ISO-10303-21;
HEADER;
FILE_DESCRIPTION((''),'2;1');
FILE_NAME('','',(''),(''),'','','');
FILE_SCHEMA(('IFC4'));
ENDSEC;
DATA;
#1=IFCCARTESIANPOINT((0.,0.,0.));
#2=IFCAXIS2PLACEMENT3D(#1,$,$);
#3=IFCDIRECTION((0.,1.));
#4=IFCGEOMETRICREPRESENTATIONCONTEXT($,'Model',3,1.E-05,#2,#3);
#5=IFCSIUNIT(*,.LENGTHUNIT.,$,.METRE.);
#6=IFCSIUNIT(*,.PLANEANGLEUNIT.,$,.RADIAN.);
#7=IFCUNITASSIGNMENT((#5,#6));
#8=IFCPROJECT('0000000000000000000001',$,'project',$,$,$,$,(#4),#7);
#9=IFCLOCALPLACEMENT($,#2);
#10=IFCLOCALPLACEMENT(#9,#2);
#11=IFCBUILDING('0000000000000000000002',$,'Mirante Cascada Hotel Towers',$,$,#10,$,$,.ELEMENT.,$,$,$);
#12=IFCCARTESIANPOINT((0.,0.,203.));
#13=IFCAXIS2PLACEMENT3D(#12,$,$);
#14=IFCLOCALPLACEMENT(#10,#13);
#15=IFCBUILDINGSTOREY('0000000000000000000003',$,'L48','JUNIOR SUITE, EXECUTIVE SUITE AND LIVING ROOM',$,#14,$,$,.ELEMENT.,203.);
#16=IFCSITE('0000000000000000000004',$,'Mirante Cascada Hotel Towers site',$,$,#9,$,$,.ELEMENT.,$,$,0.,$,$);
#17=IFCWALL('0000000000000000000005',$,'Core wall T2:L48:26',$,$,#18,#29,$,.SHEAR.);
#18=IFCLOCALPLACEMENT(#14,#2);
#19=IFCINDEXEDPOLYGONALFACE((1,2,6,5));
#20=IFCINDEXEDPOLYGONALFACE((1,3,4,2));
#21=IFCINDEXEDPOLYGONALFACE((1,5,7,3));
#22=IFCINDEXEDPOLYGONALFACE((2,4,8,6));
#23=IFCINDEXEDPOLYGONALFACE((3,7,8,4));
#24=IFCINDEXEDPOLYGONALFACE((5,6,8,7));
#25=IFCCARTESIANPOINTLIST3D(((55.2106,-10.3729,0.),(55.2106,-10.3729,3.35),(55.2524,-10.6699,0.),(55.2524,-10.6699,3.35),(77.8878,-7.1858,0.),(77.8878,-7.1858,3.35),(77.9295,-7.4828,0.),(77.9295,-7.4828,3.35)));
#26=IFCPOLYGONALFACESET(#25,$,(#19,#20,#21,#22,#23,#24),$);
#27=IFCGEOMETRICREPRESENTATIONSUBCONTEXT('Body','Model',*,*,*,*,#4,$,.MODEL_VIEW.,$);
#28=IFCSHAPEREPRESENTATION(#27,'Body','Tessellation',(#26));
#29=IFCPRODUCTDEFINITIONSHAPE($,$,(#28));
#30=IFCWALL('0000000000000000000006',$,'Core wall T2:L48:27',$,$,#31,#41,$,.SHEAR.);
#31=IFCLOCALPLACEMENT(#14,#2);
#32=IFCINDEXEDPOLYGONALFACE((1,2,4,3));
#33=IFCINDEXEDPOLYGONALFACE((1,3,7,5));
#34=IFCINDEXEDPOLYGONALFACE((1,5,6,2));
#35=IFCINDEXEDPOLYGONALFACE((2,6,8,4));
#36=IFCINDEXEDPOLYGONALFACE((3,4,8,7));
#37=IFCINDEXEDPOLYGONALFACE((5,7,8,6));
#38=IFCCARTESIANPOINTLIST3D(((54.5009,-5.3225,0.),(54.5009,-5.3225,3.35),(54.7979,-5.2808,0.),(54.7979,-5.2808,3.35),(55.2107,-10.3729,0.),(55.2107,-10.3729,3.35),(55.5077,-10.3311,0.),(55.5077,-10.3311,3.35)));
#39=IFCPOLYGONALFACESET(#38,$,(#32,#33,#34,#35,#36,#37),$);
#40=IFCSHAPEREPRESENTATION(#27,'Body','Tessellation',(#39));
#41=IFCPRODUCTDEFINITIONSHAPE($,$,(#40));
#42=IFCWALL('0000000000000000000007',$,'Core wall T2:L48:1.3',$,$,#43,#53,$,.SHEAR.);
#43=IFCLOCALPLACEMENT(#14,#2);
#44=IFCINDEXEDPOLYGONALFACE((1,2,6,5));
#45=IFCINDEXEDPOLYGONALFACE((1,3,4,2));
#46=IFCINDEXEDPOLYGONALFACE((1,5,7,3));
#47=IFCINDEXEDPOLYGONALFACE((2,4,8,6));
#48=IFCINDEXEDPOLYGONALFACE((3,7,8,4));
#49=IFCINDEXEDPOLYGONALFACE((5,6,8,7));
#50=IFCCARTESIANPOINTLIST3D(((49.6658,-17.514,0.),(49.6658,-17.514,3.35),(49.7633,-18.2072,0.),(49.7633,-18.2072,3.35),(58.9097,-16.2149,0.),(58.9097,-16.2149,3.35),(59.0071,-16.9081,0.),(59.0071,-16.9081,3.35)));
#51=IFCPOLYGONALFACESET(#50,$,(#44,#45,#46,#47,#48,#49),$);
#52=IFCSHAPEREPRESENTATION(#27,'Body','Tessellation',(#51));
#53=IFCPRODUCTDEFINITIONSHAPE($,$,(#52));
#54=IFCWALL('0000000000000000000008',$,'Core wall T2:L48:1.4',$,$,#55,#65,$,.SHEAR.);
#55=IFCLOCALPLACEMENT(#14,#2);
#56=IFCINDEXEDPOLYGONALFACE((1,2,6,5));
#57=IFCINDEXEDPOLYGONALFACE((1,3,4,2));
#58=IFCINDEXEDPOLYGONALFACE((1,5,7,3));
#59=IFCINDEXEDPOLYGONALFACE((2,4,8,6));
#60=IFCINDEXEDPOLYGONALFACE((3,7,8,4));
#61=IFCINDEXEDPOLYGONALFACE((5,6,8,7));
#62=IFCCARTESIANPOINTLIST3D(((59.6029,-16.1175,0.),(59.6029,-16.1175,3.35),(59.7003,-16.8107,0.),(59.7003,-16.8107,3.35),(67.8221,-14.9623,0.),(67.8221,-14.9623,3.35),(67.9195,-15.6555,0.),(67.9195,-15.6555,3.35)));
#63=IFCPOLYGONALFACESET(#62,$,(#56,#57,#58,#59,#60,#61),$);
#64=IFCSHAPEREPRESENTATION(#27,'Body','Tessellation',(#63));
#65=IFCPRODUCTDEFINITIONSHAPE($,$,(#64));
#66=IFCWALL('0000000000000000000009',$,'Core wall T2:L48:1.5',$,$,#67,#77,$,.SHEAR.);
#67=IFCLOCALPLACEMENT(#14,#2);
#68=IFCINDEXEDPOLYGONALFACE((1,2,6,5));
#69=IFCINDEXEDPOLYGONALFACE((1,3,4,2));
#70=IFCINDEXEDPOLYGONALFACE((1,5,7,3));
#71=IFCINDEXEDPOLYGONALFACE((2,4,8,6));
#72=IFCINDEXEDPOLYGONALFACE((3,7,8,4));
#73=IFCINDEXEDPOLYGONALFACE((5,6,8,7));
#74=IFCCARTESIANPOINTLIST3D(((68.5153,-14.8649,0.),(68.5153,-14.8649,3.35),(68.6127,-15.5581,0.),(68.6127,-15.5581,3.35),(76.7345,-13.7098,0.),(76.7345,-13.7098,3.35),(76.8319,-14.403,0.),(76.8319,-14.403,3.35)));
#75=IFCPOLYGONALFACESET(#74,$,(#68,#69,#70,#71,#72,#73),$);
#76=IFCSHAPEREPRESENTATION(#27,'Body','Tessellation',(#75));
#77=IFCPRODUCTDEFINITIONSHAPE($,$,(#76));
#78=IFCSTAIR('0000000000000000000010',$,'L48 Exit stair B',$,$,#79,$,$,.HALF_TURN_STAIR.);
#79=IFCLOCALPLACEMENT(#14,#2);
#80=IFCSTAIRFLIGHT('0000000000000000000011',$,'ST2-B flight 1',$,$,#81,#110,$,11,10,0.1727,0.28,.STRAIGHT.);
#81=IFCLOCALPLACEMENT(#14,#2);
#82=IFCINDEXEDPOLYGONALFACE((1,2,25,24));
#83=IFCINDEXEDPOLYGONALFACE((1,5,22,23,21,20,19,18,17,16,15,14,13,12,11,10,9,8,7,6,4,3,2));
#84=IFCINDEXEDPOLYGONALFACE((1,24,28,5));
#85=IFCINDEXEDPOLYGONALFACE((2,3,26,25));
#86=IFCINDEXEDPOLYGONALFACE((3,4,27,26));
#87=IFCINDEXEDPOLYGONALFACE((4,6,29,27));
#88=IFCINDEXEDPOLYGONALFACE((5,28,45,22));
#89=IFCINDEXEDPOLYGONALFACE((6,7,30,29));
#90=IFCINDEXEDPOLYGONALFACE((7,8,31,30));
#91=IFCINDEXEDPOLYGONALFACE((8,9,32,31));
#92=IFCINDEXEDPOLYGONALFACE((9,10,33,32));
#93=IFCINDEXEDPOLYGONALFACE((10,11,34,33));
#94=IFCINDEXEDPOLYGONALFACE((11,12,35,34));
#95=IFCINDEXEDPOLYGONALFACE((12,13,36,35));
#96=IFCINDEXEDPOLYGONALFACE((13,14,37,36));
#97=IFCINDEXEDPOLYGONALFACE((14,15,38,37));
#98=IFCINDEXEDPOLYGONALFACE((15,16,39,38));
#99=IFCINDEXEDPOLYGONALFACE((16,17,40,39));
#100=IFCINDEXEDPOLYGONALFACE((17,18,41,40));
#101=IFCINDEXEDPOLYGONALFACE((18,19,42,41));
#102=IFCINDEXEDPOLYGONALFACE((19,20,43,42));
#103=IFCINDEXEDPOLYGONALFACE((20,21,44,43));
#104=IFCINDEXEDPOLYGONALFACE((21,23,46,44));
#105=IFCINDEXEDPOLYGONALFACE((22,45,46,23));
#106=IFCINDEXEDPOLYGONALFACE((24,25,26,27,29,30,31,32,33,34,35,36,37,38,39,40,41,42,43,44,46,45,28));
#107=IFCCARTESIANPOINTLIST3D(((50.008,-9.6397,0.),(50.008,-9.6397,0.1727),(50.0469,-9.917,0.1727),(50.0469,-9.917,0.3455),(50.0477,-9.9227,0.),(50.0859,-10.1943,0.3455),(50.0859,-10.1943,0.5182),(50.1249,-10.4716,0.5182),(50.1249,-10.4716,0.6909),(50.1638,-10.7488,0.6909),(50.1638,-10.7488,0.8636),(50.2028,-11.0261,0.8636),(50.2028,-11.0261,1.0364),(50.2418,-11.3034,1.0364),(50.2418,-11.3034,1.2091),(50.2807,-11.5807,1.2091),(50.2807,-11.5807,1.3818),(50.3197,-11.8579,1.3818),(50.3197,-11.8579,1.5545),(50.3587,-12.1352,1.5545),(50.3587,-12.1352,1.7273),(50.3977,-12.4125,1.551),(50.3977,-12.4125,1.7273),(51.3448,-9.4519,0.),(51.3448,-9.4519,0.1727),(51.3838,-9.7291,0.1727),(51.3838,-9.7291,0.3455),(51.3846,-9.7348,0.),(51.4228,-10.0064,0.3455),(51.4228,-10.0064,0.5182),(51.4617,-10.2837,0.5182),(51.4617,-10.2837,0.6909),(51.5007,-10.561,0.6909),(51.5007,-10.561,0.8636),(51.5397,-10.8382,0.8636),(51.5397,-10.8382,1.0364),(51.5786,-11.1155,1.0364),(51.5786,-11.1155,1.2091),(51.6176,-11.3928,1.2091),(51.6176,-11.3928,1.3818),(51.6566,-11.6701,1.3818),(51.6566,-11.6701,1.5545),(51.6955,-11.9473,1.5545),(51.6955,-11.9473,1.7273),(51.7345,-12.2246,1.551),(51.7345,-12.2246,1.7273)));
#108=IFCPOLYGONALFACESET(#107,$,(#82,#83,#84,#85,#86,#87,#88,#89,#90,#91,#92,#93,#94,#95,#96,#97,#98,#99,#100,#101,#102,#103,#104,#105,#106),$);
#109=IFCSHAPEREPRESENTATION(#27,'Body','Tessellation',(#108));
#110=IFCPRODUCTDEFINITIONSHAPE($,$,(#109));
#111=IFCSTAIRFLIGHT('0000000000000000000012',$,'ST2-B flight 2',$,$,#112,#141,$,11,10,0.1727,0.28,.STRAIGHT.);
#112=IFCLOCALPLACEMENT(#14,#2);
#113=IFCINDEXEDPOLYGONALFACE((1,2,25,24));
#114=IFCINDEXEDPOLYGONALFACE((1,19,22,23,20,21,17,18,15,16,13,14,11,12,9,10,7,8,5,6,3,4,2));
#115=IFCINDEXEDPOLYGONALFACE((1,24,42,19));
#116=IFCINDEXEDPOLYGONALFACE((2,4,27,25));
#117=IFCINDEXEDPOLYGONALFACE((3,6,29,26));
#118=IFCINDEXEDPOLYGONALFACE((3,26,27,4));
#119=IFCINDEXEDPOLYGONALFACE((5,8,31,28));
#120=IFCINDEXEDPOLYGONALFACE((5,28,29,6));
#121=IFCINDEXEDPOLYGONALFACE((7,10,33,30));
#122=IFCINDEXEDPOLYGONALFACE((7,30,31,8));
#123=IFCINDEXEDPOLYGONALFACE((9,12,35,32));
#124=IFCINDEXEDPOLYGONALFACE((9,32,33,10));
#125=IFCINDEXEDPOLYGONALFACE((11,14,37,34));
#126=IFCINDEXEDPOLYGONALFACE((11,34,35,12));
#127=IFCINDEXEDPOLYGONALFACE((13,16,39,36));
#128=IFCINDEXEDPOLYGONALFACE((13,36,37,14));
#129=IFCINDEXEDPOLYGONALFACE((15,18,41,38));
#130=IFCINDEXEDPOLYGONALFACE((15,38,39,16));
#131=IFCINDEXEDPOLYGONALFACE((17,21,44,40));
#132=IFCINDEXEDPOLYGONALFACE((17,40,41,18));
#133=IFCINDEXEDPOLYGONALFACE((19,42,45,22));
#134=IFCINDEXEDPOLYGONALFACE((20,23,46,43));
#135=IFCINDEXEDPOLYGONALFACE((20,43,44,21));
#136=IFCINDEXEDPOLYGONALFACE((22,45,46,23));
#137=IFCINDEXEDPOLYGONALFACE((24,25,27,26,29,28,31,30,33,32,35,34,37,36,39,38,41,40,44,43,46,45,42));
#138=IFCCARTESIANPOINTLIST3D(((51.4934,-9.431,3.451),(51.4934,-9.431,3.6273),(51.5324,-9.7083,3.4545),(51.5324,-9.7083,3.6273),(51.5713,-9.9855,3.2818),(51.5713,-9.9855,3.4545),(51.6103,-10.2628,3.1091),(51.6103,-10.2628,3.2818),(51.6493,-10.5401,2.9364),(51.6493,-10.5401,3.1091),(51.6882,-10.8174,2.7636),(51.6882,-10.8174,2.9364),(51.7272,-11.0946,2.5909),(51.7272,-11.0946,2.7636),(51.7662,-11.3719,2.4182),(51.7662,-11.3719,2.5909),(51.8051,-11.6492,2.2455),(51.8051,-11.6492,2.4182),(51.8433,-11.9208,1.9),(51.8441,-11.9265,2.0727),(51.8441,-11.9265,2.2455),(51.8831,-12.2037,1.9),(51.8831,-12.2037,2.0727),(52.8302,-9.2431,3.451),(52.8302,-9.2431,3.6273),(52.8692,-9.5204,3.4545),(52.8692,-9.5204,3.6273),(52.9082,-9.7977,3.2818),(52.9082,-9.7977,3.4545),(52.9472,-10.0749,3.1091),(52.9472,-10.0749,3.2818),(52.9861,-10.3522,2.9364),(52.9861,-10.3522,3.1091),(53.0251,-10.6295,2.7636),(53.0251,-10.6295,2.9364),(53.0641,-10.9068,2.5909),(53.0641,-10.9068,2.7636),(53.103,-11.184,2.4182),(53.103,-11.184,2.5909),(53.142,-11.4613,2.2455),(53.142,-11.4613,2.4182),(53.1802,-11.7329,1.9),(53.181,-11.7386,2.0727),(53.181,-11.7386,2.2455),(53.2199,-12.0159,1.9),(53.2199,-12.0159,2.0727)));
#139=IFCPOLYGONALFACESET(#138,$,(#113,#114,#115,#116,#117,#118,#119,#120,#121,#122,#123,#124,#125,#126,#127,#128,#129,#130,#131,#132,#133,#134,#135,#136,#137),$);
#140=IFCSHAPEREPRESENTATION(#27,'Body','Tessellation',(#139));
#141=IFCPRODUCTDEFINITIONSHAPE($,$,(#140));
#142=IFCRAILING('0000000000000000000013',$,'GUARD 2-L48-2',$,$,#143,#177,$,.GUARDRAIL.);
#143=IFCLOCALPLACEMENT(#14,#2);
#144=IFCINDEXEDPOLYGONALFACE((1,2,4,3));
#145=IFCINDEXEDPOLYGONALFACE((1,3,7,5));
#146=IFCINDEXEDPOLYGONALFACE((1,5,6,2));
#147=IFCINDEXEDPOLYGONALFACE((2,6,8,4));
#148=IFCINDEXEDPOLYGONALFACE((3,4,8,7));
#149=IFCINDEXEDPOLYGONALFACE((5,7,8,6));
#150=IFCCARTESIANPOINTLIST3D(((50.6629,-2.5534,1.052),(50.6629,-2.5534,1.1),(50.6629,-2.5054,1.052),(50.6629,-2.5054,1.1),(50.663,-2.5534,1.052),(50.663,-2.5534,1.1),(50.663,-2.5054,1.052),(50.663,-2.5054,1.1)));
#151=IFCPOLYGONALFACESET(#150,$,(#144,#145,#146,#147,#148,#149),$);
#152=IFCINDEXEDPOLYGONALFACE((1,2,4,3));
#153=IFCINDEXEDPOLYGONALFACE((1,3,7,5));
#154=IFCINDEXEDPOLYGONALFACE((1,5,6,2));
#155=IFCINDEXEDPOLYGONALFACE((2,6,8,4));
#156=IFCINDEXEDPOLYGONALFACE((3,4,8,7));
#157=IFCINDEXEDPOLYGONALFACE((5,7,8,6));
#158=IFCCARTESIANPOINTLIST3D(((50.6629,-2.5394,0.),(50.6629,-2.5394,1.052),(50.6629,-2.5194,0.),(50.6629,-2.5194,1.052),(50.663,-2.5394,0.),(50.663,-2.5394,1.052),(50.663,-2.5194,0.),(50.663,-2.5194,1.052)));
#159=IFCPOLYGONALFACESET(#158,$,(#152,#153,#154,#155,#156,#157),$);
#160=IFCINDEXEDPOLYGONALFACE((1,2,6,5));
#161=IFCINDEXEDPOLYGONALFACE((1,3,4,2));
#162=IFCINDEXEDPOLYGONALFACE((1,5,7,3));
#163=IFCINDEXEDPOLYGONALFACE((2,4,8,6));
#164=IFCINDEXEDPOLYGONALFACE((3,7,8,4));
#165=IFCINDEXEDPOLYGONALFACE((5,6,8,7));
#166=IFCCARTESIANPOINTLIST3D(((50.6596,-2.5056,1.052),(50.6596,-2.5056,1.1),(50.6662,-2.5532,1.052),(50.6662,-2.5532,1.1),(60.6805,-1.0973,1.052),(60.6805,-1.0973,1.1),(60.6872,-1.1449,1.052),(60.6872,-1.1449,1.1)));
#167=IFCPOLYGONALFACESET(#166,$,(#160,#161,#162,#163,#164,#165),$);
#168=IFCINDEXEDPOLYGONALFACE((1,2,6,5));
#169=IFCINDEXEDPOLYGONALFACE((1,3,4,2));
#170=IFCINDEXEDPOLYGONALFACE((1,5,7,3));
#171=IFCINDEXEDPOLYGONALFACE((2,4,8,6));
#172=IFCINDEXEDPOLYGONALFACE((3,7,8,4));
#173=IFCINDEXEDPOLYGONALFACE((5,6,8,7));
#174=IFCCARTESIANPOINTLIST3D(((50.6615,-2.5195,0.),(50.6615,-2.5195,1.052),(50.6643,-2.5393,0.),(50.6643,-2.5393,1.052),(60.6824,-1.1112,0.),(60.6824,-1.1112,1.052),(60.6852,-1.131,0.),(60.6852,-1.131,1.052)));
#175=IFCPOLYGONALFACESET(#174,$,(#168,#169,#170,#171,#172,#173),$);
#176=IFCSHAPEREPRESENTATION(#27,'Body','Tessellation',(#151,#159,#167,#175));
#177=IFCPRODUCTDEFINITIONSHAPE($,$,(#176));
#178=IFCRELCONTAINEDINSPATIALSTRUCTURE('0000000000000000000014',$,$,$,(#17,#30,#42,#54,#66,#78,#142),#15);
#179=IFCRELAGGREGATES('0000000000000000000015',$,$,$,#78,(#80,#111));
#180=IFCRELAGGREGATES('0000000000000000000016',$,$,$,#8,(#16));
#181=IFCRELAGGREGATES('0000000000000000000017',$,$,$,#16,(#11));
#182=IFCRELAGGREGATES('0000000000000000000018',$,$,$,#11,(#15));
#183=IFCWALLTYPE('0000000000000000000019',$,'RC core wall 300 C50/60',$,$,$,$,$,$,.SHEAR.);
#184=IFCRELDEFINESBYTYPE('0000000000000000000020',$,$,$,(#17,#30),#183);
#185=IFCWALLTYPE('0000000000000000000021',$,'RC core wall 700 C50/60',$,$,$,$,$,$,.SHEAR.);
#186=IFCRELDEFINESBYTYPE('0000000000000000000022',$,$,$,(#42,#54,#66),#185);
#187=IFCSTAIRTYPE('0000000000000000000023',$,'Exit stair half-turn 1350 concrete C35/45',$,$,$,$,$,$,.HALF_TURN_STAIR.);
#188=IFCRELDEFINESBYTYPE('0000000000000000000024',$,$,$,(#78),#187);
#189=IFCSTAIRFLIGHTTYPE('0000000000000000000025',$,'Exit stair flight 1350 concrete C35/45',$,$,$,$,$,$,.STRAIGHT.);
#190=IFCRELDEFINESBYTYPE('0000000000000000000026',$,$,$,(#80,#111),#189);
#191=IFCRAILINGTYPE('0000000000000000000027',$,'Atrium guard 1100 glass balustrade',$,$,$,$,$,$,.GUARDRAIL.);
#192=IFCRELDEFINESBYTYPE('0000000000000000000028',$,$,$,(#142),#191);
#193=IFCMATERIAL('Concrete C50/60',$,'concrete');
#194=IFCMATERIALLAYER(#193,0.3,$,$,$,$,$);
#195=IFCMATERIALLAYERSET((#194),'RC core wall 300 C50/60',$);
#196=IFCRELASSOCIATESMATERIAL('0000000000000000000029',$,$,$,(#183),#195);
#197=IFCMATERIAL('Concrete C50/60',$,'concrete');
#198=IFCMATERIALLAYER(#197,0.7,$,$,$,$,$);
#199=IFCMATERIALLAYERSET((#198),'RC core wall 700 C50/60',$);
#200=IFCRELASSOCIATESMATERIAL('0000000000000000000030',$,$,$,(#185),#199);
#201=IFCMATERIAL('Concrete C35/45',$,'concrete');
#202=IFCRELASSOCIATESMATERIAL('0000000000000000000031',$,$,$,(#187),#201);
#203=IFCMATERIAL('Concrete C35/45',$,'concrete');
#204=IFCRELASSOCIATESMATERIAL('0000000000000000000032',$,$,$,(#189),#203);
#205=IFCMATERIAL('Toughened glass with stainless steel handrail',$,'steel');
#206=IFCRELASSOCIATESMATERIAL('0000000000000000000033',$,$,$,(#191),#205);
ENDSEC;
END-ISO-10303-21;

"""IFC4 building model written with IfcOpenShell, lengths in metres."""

from ifc_helpers import new_model, si_unit, direction, frame, frame_2d, origin, origin_2d, place, context, subcontext, project, spatial, polyline, rectangle, outline, extrude, material, layer, layer_set, type_object, element, aggregate, save


model = new_model("IFC4")

# Units and contexts
model_context = context("Model", 3, precision=1e-05, world=origin(), true_north=direction((0.0, 1.0)))
body_context = subcontext(model_context, "Body", "Model", "MODEL_VIEW")
ifc_project = project(units=[si_unit("LENGTHUNIT", "METRE"), si_unit("PLANEANGLEUNIT", "RADIAN")], contexts=[model_context])

# Site, building, storey
site_placement = place(None, origin())
site = spatial("IfcSite", under=ifc_project, at=site_placement, Name="Mirante Cascada Hotel Towers site", CompositionType="ELEMENT", RefElevation=0.0)
building_placement = place(site_placement, origin())
building = spatial("IfcBuilding", under=site, at=building_placement, Name="Mirante Cascada Hotel Towers", CompositionType="ELEMENT")
storey_placement = place(building_placement, frame((0.0, 0.0, 203.0)))
storey = spatial("IfcBuildingStorey", under=building, at=storey_placement, Name="L48", Description="JUNIOR SUITE, EXECUTIVE SUITE AND LIVING ROOM", CompositionType="ELEMENT", Elevation=203.0)

# Shared definitions
ifc_material_1 = material(Name="Concrete C50/60", Category="concrete")
ifc_layer_1 = layer(ifc_material_1, 0.3)
ifc_layer_set_1 = layer_set([ifc_layer_1], Name="RC core wall 300 C50/60")
wall_type_1 = type_object("IfcWallType", Name="RC core wall 300 C50/60", PredefinedType="SHEAR", material=ifc_layer_set_1)

# Walls
wall_1_placement = place(storey_placement, frame((55.2315, -10.5214, 0.0), z_axis=(0.0, 0.0, 1.0), x_axis=(0.990268, 0.139175, 0.0)))
element("IfcWall", 1, at=wall_1_placement, inside=storey, type_object=wall_type_1, Name="Core wall T2:L48:26", PredefinedType="SHEAR", context=body_context, shape_type="SweptSolid", body=[
    extrude(rectangle(XDim=22.9, YDim=0.3, at=frame_2d((11.45, 0.0))), origin(), (0.0, 0.0, 1.0), 3.35),
])
wall_2_placement = place(storey_placement, frame((55.3592, -10.352, 0.0), z_axis=(0.0, 0.0, 1.0), x_axis=(-0.139176, 0.990268, 0.0)))
element("IfcWall", 2, at=wall_2_placement, inside=storey, type_object=wall_type_1, Name="Core wall T2:L48:27", PredefinedType="SHEAR", context=body_context, shape_type="SweptSolid", body=[
    extrude(rectangle(XDim=5.1, YDim=0.3, at=frame_2d((2.55, 0.0))), origin(), (0.0, 0.0, 1.0), 3.35),
])
ifc_material_2 = material(Name="Concrete C50/60", Category="concrete")
ifc_layer_2 = layer(ifc_material_2, 0.7)
ifc_layer_set_2 = layer_set([ifc_layer_2], Name="RC core wall 700 C50/60")
wall_type_2 = type_object("IfcWallType", Name="RC core wall 700 C50/60", PredefinedType="SHEAR", material=ifc_layer_set_2)
wall_3_placement = place(storey_placement, frame((49.7145, -17.8606, 0.0), z_axis=(0.0, 0.0, 1.0), x_axis=(0.990269, 0.139168, 0.0)))
element("IfcWall", 3, at=wall_3_placement, inside=storey, type_object=wall_type_2, Name="Core wall T2:L48:1.3", PredefinedType="SHEAR", context=body_context, shape_type="SweptSolid", body=[
    extrude(rectangle(XDim=9.3347, YDim=0.7, at=frame_2d((4.6674, 0.0))), origin(), (0.0, 0.0, 1.0), 3.35),
])
for number, where, z_axis, x_axis, name in (
    (4, (59.6516, -16.4641, 0.0), (0.0, 0.0, 1.0), (0.990267, 0.139181, 0.0), "Core wall T2:L48:1.4"),
    (5, (68.564, -15.2115, 0.0), (0.0, 0.0, 1.0), (0.990269, 0.139169, 0.0), "Core wall T2:L48:1.5"),
):
    element("IfcWall", number, at=place(storey_placement, frame(where, z_axis=z_axis, x_axis=x_axis)), inside=storey, type_object=wall_type_2, Name=name, PredefinedType="SHEAR", context=body_context, shape_type="SweptSolid", body=[
        extrude(rectangle(XDim=8.3, YDim=0.7, at=frame_2d((4.15, 0.0))), origin(), (0.0, 0.0, 1.0), 3.35),
    ])

# Stair, stair flights
ifc_material_3 = material(Name="Concrete C35/45", Category="concrete")
stair_type = type_object("IfcStairType", Name="Exit stair half-turn 1350 concrete C35/45", PredefinedType="HALF_TURN_STAIR", material=ifc_material_3)
stair_placement = place(storey_placement, origin())
stair = element("IfcStair", 6, at=stair_placement, inside=storey, type_object=stair_type, Name="L48 Exit stair B", PredefinedType="HALF_TURN_STAIR")
ifc_material_4 = material(Name="Concrete C35/45", Category="concrete")
stair_flight_type = type_object("IfcStairFlightType", Name="Exit stair flight 1350 concrete C35/45", PredefinedType="STRAIGHT", material=ifc_material_4)
stair_flight_1_placement = place(storey_placement, frame((50.6764, -9.5458, 0.0), z_axis=(0.0, 0.0, 1.0), x_axis=(0.139173, -0.990268, 0.0)))
stair_flight_1 = element("IfcStairFlight", 7, at=stair_flight_1_placement, type_object=stair_flight_type, Name="ST2-B flight 1", NumberOfRisers=11, NumberOfTreads=10, PredefinedType="STRAIGHT", RiserHeight=0.1727, TreadLength=0.28, context=body_context, shape_type="SweptSolid", body=[
    extrude(outline(polyline([(0.0, 0.0), (0.0, 0.1727), (0.28, 0.1727), (0.28, 0.3455), (0.56, 0.3455), (0.56, 0.5182), (0.84, 0.5182), (0.84, 0.6909), (1.12, 0.6909), (1.12, 0.8636), (1.4, 0.8636), (1.4, 1.0364), (1.68, 1.0364), (1.68, 1.2091), (1.96, 1.2091), (1.96, 1.3818), (2.24, 1.3818), (2.24, 1.5545), (2.52, 1.5545), (2.52, 1.7273), (2.8, 1.7273), (2.8, 1.9), (2.8, 1.551), (0.2857, 0.0), (0.0, 0.0)])), frame((0.0, 0.675, 0.0), z_axis=(0.0, -1.0, 0.0), x_axis=(1.0, 0.0, 0.0)), (0.0, 0.0, 1.0), 1.35),
])
stair_flight_2_placement = place(storey_placement, frame((52.5515, -12.1098, 1.9), z_axis=(0.0, 0.0, 1.0), x_axis=(-0.139173, 0.990268, 0.0)))
stair_flight_2 = element("IfcStairFlight", 8, at=stair_flight_2_placement, type_object=stair_flight_type, Name="ST2-B flight 2", NumberOfRisers=11, NumberOfTreads=10, PredefinedType="STRAIGHT", RiserHeight=0.1727, TreadLength=0.28, context=body_context, shape_type="SweptSolid", body=[
    extrude(outline(polyline([(0.0, 0.0), (0.0, 0.1727), (0.28, 0.1727), (0.28, 0.3455), (0.56, 0.3455), (0.56, 0.5182), (0.84, 0.5182), (0.84, 0.6909), (1.12, 0.6909), (1.12, 0.8636), (1.4, 0.8636), (1.4, 1.0364), (1.68, 1.0364), (1.68, 1.2091), (1.96, 1.2091), (1.96, 1.3818), (2.24, 1.3818), (2.24, 1.5545), (2.52, 1.5545), (2.52, 1.7273), (2.8, 1.7273), (2.8, 1.9), (2.8, 1.551), (0.2857, 0.0), (0.0, 0.0)])), frame((0.0, 0.675, 0.0), z_axis=(0.0, -1.0, 0.0), x_axis=(1.0, 0.0, 0.0)), (0.0, 0.0, 1.0), 1.35),
])
aggregate(stair, [stair_flight_1, stair_flight_2])

# Railing
ifc_material_5 = material(Name="Toughened glass with stainless steel handrail", Category="steel")
railing_type_1 = type_object("IfcRailingType", Name="Atrium guard 1100 glass balustrade", PredefinedType="GUARDRAIL", material=ifc_material_5)
railing_1_placement = place(storey_placement, frame((50.663, -2.5294, 0.0)))
element("IfcRailing", 9, at=railing_1_placement, inside=storey, type_object=railing_type_1, Name="GUARD 2-L48-2", PredefinedType="GUARDRAIL", context=body_context, shape_type="SweptSolid", body=[
    extrude(rectangle(XDim=0.048, YDim=0.048, at=origin_2d()), frame((0.0, 0.0, 1.076), z_axis=(-1.0, 0.0, 0.0), x_axis=(0.0, -1.0, 0.0)), (0.0, 0.0, 1.0), 0.0001),
    extrude(rectangle(XDim=0.02, YDim=1.052, at=origin_2d()), frame((0.0, 0.0, 0.526), z_axis=(-1.0, 0.0, 0.0), x_axis=(0.0, -1.0, 0.0)), (0.0, 0.0, 1.0), 0.0001),
    extrude(rectangle(XDim=0.048, YDim=0.048, at=origin_2d()), frame((-0.0001, 0.0, 1.076), z_axis=(0.990269, 0.139169, 0.0), x_axis=(-0.139169, 0.990269, 0.0)), (0.0, 0.0, 1.0), 10.1194),
    extrude(rectangle(XDim=0.02, YDim=1.052, at=origin_2d()), frame((-0.0001, 0.0, 0.526), z_axis=(0.990269, 0.139169, 0.0), x_axis=(-0.139169, 0.990269, 0.0)), (0.0, 0.0, 1.0), 10.1194),
])

save(model, "model.ifc")
